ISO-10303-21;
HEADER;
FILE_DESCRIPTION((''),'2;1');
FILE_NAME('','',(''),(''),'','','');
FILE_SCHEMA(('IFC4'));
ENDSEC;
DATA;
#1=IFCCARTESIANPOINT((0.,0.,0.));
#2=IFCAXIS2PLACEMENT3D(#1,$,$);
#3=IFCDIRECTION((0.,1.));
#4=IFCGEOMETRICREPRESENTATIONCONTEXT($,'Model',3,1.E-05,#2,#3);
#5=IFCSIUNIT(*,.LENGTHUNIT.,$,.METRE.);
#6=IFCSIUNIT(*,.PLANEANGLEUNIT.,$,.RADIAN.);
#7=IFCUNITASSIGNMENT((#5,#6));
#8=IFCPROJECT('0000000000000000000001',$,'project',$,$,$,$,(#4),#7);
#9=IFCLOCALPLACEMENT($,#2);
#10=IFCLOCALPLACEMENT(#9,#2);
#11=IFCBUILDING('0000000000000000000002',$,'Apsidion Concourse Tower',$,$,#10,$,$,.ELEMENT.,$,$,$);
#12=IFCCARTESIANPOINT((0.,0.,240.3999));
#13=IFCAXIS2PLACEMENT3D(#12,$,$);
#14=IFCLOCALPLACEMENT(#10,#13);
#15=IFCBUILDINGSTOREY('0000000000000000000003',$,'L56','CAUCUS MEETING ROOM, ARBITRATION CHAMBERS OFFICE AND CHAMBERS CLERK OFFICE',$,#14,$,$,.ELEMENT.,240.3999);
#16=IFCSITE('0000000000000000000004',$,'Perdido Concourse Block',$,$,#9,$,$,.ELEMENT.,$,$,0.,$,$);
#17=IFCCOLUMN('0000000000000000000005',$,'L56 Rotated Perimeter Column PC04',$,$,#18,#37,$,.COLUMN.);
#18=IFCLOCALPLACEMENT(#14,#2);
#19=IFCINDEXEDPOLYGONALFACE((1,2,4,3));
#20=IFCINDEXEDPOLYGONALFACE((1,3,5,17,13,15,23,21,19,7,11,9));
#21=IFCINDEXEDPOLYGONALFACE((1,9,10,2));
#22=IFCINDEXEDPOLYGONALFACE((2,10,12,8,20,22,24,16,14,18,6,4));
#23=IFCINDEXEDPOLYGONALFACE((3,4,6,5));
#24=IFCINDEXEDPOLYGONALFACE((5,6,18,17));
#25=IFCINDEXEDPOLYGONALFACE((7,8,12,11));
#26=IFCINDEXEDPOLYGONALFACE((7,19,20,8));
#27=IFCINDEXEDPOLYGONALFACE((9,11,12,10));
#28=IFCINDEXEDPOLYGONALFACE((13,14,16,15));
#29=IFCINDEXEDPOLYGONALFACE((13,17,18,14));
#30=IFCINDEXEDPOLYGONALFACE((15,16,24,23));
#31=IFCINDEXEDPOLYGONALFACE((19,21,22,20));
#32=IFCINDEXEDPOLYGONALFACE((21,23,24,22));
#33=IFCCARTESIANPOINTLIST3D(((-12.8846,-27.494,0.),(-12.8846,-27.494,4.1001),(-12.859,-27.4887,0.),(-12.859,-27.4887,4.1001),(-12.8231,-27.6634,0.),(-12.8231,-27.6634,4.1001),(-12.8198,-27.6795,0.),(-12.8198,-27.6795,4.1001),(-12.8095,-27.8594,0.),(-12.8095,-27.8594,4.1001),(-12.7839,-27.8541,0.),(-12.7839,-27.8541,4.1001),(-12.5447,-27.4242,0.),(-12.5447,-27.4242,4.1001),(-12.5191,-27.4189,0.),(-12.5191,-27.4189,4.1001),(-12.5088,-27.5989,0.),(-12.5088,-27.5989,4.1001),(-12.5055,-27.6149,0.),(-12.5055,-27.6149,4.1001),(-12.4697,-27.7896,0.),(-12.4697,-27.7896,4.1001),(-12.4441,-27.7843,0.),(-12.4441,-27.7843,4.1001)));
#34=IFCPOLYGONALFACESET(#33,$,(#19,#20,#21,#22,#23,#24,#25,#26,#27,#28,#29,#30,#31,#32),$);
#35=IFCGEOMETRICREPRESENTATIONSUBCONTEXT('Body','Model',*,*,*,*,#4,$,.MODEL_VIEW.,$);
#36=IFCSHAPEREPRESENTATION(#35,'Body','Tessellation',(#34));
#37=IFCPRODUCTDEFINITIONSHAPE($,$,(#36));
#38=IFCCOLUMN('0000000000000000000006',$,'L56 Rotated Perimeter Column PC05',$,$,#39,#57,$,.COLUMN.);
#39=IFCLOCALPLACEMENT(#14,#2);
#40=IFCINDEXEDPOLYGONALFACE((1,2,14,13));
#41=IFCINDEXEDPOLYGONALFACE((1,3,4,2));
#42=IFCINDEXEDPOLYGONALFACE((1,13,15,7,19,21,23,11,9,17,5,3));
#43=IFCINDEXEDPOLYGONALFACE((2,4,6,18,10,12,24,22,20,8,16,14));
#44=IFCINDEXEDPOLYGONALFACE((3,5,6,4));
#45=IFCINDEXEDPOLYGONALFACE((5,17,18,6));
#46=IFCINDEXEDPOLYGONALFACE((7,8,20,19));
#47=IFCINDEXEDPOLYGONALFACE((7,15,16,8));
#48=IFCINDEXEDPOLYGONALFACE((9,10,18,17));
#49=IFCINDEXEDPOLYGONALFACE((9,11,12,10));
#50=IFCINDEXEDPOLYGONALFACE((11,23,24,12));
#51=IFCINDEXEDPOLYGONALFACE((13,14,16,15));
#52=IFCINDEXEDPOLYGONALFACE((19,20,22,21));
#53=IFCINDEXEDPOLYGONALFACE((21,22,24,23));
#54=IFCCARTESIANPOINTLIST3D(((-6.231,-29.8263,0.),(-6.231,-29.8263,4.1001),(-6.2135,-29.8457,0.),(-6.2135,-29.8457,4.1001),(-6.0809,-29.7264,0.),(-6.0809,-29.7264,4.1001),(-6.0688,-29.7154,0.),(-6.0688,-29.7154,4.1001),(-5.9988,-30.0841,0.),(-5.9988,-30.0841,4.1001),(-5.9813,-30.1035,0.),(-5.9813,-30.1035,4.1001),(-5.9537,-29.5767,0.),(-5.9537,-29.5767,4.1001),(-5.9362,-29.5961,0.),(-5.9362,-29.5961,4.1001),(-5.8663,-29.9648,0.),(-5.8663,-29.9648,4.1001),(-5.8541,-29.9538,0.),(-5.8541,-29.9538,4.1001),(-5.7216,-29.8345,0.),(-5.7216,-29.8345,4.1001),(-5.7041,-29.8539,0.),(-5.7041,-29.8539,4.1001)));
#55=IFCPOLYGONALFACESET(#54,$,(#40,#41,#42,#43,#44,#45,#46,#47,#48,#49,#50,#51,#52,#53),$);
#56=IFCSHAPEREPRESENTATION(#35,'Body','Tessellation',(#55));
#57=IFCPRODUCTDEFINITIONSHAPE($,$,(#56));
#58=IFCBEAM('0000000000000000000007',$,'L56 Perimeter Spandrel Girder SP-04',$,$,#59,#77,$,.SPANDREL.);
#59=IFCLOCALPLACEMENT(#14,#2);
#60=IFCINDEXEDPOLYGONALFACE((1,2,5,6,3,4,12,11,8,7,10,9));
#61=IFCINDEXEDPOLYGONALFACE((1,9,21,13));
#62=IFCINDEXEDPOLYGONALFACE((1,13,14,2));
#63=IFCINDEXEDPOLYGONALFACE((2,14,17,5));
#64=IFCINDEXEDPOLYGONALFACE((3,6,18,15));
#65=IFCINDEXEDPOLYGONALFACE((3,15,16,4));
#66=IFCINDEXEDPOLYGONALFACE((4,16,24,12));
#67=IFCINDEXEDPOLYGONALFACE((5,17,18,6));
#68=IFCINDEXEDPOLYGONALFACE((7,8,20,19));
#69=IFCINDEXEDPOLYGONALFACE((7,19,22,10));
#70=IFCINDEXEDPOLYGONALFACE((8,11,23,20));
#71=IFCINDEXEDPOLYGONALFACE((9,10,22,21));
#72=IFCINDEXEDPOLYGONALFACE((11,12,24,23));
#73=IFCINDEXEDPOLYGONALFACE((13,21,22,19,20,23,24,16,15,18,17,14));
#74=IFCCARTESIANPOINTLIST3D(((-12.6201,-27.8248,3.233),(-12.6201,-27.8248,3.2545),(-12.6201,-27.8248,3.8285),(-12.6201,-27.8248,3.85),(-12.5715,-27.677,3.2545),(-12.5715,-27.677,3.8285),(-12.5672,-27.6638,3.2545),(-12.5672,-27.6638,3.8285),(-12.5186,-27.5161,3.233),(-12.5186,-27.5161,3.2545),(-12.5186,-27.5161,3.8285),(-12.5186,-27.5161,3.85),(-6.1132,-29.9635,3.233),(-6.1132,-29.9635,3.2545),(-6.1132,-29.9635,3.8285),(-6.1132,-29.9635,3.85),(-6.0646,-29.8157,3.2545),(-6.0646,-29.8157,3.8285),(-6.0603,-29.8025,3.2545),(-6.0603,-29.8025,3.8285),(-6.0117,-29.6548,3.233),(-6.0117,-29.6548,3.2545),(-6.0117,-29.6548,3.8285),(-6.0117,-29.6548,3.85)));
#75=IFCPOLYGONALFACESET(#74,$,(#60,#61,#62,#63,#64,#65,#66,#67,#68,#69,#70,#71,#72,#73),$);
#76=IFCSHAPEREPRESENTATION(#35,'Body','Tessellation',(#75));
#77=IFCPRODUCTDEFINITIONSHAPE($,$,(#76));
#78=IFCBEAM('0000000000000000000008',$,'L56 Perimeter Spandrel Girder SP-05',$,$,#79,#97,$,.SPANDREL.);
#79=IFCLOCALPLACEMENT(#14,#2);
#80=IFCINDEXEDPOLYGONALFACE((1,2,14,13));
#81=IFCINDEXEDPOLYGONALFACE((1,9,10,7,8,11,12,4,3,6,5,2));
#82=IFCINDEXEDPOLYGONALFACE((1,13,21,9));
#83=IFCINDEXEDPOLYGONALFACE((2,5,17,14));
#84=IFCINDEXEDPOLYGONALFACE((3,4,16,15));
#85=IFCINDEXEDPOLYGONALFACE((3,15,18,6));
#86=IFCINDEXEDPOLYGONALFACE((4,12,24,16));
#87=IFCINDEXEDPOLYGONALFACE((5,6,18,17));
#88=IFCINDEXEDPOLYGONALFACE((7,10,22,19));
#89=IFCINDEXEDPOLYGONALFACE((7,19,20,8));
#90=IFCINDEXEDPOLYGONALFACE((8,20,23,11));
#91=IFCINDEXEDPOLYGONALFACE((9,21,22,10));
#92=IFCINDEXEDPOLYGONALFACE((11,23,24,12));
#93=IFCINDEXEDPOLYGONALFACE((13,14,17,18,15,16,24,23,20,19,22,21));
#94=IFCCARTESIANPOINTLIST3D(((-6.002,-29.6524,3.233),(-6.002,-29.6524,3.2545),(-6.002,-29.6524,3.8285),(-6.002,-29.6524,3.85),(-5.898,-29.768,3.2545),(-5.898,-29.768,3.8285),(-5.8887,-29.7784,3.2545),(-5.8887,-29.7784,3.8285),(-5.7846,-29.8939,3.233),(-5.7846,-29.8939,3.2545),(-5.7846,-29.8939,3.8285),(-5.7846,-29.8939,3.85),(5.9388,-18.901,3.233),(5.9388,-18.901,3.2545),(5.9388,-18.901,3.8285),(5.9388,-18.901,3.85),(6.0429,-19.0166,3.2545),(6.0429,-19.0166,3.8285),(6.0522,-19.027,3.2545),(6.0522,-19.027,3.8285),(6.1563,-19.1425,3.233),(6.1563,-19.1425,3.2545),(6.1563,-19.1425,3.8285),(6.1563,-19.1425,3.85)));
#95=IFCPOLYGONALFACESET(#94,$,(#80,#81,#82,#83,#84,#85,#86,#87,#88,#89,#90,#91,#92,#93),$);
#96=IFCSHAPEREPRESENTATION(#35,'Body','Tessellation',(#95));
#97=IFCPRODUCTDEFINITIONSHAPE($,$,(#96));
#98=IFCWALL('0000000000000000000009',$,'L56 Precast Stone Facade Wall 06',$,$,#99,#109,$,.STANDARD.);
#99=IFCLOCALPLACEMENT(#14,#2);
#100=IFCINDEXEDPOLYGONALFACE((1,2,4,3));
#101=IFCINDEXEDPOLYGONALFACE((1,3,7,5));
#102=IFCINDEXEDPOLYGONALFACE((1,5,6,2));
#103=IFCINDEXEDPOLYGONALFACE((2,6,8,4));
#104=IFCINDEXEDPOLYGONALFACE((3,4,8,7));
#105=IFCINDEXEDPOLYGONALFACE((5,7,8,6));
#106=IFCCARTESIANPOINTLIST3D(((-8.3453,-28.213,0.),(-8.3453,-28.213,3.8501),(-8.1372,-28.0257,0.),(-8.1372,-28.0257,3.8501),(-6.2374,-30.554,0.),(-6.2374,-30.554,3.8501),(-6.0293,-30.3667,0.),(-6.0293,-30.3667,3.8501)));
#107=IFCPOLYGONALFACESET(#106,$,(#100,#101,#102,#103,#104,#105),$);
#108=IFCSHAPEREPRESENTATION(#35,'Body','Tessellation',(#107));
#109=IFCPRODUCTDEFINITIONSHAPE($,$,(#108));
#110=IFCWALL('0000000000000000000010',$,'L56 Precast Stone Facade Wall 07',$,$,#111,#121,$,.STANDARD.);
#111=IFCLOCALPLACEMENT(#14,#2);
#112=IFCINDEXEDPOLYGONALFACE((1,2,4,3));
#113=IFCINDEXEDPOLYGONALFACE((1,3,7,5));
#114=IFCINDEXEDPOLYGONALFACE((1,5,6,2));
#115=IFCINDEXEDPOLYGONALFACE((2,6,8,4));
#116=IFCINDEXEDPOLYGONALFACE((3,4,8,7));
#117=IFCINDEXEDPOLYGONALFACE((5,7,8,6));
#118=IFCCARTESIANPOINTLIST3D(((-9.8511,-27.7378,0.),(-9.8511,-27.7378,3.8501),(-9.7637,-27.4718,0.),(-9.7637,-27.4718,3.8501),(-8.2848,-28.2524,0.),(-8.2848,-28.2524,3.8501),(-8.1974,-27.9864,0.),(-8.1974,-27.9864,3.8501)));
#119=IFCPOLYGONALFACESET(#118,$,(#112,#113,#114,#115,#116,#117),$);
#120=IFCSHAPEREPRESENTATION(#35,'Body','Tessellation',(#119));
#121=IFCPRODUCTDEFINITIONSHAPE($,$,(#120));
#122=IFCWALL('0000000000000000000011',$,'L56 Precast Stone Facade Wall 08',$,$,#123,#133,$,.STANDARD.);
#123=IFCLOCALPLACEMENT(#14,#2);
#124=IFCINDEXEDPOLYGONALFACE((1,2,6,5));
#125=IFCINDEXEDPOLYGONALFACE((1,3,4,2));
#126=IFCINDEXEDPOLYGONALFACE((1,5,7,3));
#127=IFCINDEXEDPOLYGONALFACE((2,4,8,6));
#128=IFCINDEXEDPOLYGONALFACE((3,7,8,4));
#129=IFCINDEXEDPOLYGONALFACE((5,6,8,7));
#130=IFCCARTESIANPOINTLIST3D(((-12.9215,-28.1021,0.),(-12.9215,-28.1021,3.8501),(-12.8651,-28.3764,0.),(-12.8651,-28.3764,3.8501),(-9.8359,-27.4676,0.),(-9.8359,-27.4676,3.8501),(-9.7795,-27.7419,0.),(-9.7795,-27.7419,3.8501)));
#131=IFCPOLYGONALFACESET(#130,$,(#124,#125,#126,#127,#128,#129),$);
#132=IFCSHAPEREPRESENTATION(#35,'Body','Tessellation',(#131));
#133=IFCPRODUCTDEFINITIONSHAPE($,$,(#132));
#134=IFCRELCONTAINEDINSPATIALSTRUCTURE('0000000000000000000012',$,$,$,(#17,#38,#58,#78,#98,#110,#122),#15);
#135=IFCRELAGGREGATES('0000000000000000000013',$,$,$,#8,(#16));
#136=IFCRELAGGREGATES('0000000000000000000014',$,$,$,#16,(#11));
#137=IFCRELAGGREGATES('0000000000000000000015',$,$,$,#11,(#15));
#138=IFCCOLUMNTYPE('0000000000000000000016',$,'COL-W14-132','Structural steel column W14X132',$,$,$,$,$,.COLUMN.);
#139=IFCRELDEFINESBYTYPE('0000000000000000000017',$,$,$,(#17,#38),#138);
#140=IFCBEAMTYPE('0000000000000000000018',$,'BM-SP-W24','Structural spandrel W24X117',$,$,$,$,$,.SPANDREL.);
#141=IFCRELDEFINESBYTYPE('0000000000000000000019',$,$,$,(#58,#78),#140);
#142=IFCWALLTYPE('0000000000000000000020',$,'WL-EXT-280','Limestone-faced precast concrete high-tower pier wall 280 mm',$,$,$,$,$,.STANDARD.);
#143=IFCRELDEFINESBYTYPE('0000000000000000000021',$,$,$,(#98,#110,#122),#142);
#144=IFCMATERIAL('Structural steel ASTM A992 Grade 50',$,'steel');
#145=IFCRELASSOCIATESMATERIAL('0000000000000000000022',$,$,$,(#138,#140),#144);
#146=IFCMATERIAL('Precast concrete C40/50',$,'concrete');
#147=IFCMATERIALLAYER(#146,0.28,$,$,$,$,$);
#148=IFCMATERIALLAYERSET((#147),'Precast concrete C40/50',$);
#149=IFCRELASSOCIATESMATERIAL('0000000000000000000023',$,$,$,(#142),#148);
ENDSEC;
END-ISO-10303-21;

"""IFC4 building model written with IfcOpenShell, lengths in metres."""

from ifc_helpers import new_model, si_unit, direction, frame, frame_2d, origin, origin_2d, place, context, subcontext, project, spatial, rectangle, i_section, extrude, material, layer, layer_set, material_profile, profile_set, type_object, element, save


model = new_model("IFC4")

# Units and contexts
model_context = context("Model", 3, precision=1e-05, world=origin(), true_north=direction((0.0, 1.0)))
body_context = subcontext(model_context, "Body", "Model", "MODEL_VIEW")
ifc_project = project(units=[si_unit("LENGTHUNIT", "METRE"), si_unit("PLANEANGLEUNIT", "RADIAN")], contexts=[model_context])

# Site, building, storey
site_placement = place(None, origin())
site = spatial("IfcSite", under=ifc_project, at=site_placement, Name="Perdido Concourse Block", CompositionType="ELEMENT", RefElevation=0.0)
building_placement = place(site_placement, origin())
building = spatial("IfcBuilding", under=site, at=building_placement, Name="Apsidion Concourse Tower", CompositionType="ELEMENT")
storey_placement = place(building_placement, frame((0.0, 0.0, 240.3999)))
storey = spatial("IfcBuildingStorey", under=building, at=storey_placement, Name="L56", Description="CAUCUS MEETING ROOM, ARBITRATION CHAMBERS OFFICE AND CHAMBERS CLERK OFFICE", CompositionType="ELEMENT", Elevation=240.3999)

# Columns
ifc_material_1 = material(Name="Structural steel ASTM A992 Grade 50", Category="steel")
ifc_material_profile_1 = material_profile(ifc_material_1, i_section(OverallWidth=0.373, OverallDepth=0.373, WebThickness=0.0164, FlangeThickness=0.0261, at=origin_2d()), Name="W14X132")
ifc_profile_set_1 = profile_set([ifc_material_profile_1], Name="Structural steel ASTM A992 Grade 50")
column_type = type_object("IfcColumnType", Name="COL-W14-132", Description="Structural steel column W14X132", PredefinedType="COLUMN", material=ifc_profile_set_1)
for number, where, z_axis, x_axis, name in (
    (1, (-12.6643, -27.6392, 0.0), (0.0, 0.0, 1.0), (-0.201249, 0.97954, 0.0), "L56 Rotated Perimeter Column PC04"),
    (2, (-5.9675, -29.8401, 0.0), (0.0, 0.0, 1.0), (0.743145, 0.669131, 0.0), "L56 Rotated Perimeter Column PC05"),
):
    element("IfcColumn", number, at=place(storey_placement, frame(where, z_axis=z_axis, x_axis=x_axis)), inside=storey, type_object=column_type, Name=name, PredefinedType="COLUMN", context=body_context, shape_type="SweptSolid", body=[
        extrude(i_section(OverallWidth=0.373, OverallDepth=0.373, WebThickness=0.0164, FlangeThickness=0.0261, at=origin_2d()), origin(), (0.0, 0.0, 1.0), 4.1001),
    ])

# Beams
ifc_material_profile_2 = material_profile(ifc_material_1, i_section(OverallWidth=0.325, OverallDepth=0.6169, WebThickness=0.0139, FlangeThickness=0.0215, at=origin_2d()), Name="W24X117")
ifc_profile_set_2 = profile_set([ifc_material_profile_2], Name="Structural steel ASTM A992 Grade 50")
beam_type = type_object("IfcBeamType", Name="BM-SP-W24", Description="Structural spandrel W24X117", PredefinedType="SPANDREL", material=ifc_profile_set_2)
beam_1_placement = place(storey_placement, frame((-12.5693, -27.6704, 3.5415), z_axis=(0.950001, -0.312247, 0.0), x_axis=(0.312247, 0.950001, 0.0)))
element("IfcBeam", 3, at=beam_1_placement, inside=storey, type_object=beam_type, Name="L56 Perimeter Spandrel Girder SP-04", PredefinedType="SPANDREL", context=body_context, shape_type="SweptSolid", body=[
    extrude(i_section(OverallWidth=0.325, OverallDepth=0.6169, WebThickness=0.0139, FlangeThickness=0.0215, at=origin_2d()), origin(), (0.0, 0.0, 1.0), 6.8494),
])
beam_2_placement = place(storey_placement, frame((-5.8933, -29.7732, 3.5415), z_axis=(0.743151, 0.669124, 0.0), x_axis=(-0.669124, 0.743151, 0.0)))
element("IfcBeam", 4, at=beam_2_placement, inside=storey, type_object=beam_type, Name="L56 Perimeter Spandrel Girder SP-05", PredefinedType="SPANDREL", context=body_context, shape_type="SweptSolid", body=[
    extrude(i_section(OverallWidth=0.325, OverallDepth=0.6169, WebThickness=0.0139, FlangeThickness=0.0215, at=origin_2d()), origin(), (0.0, 0.0, 1.0), 16.0679),
])

# Walls
ifc_material_2 = material(Name="Precast concrete C40/50", Category="concrete")
ifc_layer_1 = layer(ifc_material_2, 0.28)
ifc_layer_set_1 = layer_set([ifc_layer_1], Name="Precast concrete C40/50")
wall_type_1 = type_object("IfcWallType", Name="WL-EXT-280", Description="Limestone-faced precast concrete high-tower pier wall 280 mm", PredefinedType="STANDARD", material=ifc_layer_set_1)
wall_1_placement = place(storey_placement, frame((-6.1333, -30.4604, 0.0), z_axis=(0.0, 0.0, 1.0), x_axis=(-0.669132, 0.743144, 0.0)))
element("IfcWall", 5, at=wall_1_placement, inside=storey, type_object=wall_type_1, Name="L56 Precast Stone Facade Wall 06", PredefinedType="STANDARD", context=body_context, shape_type="SweptSolid", body=[
    extrude(rectangle(XDim=3.1501, YDim=0.28, at=frame_2d((1.5752, 0.0))), origin(), (0.0, 0.0, 1.0), 3.8501),
])
wall_2_placement = place(storey_placement, frame((-8.2412, -28.1194, 0.0), z_axis=(0.0, 0.0, 1.0), x_axis=(-0.950037, 0.312138, 0.0)))
element("IfcWall", 6, at=wall_2_placement, inside=storey, type_object=wall_type_1, Name="L56 Precast Stone Facade Wall 07", PredefinedType="STANDARD", context=body_context, shape_type="SweptSolid", body=[
    extrude(rectangle(XDim=1.6487, YDim=0.28, at=frame_2d((0.8242, 0.0))), origin(), (0.0, 0.0, 1.0), 3.8501),
])
wall_3_placement = place(storey_placement, frame((-9.8076, -27.6047, 0.0), z_axis=(0.0, 0.0, 1.0), x_axis=(-0.979505, -0.201419, 0.0)))
element("IfcWall", 7, at=wall_3_placement, inside=storey, type_object=wall_type_1, Name="L56 Precast Stone Facade Wall 08", PredefinedType="STANDARD", context=body_context, shape_type="SweptSolid", body=[
    extrude(rectangle(XDim=3.1501, YDim=0.28, at=frame_2d((1.5752, 0.0))), origin(), (0.0, 0.0, 1.0), 3.8501),
])

save(model, "model.ifc")
